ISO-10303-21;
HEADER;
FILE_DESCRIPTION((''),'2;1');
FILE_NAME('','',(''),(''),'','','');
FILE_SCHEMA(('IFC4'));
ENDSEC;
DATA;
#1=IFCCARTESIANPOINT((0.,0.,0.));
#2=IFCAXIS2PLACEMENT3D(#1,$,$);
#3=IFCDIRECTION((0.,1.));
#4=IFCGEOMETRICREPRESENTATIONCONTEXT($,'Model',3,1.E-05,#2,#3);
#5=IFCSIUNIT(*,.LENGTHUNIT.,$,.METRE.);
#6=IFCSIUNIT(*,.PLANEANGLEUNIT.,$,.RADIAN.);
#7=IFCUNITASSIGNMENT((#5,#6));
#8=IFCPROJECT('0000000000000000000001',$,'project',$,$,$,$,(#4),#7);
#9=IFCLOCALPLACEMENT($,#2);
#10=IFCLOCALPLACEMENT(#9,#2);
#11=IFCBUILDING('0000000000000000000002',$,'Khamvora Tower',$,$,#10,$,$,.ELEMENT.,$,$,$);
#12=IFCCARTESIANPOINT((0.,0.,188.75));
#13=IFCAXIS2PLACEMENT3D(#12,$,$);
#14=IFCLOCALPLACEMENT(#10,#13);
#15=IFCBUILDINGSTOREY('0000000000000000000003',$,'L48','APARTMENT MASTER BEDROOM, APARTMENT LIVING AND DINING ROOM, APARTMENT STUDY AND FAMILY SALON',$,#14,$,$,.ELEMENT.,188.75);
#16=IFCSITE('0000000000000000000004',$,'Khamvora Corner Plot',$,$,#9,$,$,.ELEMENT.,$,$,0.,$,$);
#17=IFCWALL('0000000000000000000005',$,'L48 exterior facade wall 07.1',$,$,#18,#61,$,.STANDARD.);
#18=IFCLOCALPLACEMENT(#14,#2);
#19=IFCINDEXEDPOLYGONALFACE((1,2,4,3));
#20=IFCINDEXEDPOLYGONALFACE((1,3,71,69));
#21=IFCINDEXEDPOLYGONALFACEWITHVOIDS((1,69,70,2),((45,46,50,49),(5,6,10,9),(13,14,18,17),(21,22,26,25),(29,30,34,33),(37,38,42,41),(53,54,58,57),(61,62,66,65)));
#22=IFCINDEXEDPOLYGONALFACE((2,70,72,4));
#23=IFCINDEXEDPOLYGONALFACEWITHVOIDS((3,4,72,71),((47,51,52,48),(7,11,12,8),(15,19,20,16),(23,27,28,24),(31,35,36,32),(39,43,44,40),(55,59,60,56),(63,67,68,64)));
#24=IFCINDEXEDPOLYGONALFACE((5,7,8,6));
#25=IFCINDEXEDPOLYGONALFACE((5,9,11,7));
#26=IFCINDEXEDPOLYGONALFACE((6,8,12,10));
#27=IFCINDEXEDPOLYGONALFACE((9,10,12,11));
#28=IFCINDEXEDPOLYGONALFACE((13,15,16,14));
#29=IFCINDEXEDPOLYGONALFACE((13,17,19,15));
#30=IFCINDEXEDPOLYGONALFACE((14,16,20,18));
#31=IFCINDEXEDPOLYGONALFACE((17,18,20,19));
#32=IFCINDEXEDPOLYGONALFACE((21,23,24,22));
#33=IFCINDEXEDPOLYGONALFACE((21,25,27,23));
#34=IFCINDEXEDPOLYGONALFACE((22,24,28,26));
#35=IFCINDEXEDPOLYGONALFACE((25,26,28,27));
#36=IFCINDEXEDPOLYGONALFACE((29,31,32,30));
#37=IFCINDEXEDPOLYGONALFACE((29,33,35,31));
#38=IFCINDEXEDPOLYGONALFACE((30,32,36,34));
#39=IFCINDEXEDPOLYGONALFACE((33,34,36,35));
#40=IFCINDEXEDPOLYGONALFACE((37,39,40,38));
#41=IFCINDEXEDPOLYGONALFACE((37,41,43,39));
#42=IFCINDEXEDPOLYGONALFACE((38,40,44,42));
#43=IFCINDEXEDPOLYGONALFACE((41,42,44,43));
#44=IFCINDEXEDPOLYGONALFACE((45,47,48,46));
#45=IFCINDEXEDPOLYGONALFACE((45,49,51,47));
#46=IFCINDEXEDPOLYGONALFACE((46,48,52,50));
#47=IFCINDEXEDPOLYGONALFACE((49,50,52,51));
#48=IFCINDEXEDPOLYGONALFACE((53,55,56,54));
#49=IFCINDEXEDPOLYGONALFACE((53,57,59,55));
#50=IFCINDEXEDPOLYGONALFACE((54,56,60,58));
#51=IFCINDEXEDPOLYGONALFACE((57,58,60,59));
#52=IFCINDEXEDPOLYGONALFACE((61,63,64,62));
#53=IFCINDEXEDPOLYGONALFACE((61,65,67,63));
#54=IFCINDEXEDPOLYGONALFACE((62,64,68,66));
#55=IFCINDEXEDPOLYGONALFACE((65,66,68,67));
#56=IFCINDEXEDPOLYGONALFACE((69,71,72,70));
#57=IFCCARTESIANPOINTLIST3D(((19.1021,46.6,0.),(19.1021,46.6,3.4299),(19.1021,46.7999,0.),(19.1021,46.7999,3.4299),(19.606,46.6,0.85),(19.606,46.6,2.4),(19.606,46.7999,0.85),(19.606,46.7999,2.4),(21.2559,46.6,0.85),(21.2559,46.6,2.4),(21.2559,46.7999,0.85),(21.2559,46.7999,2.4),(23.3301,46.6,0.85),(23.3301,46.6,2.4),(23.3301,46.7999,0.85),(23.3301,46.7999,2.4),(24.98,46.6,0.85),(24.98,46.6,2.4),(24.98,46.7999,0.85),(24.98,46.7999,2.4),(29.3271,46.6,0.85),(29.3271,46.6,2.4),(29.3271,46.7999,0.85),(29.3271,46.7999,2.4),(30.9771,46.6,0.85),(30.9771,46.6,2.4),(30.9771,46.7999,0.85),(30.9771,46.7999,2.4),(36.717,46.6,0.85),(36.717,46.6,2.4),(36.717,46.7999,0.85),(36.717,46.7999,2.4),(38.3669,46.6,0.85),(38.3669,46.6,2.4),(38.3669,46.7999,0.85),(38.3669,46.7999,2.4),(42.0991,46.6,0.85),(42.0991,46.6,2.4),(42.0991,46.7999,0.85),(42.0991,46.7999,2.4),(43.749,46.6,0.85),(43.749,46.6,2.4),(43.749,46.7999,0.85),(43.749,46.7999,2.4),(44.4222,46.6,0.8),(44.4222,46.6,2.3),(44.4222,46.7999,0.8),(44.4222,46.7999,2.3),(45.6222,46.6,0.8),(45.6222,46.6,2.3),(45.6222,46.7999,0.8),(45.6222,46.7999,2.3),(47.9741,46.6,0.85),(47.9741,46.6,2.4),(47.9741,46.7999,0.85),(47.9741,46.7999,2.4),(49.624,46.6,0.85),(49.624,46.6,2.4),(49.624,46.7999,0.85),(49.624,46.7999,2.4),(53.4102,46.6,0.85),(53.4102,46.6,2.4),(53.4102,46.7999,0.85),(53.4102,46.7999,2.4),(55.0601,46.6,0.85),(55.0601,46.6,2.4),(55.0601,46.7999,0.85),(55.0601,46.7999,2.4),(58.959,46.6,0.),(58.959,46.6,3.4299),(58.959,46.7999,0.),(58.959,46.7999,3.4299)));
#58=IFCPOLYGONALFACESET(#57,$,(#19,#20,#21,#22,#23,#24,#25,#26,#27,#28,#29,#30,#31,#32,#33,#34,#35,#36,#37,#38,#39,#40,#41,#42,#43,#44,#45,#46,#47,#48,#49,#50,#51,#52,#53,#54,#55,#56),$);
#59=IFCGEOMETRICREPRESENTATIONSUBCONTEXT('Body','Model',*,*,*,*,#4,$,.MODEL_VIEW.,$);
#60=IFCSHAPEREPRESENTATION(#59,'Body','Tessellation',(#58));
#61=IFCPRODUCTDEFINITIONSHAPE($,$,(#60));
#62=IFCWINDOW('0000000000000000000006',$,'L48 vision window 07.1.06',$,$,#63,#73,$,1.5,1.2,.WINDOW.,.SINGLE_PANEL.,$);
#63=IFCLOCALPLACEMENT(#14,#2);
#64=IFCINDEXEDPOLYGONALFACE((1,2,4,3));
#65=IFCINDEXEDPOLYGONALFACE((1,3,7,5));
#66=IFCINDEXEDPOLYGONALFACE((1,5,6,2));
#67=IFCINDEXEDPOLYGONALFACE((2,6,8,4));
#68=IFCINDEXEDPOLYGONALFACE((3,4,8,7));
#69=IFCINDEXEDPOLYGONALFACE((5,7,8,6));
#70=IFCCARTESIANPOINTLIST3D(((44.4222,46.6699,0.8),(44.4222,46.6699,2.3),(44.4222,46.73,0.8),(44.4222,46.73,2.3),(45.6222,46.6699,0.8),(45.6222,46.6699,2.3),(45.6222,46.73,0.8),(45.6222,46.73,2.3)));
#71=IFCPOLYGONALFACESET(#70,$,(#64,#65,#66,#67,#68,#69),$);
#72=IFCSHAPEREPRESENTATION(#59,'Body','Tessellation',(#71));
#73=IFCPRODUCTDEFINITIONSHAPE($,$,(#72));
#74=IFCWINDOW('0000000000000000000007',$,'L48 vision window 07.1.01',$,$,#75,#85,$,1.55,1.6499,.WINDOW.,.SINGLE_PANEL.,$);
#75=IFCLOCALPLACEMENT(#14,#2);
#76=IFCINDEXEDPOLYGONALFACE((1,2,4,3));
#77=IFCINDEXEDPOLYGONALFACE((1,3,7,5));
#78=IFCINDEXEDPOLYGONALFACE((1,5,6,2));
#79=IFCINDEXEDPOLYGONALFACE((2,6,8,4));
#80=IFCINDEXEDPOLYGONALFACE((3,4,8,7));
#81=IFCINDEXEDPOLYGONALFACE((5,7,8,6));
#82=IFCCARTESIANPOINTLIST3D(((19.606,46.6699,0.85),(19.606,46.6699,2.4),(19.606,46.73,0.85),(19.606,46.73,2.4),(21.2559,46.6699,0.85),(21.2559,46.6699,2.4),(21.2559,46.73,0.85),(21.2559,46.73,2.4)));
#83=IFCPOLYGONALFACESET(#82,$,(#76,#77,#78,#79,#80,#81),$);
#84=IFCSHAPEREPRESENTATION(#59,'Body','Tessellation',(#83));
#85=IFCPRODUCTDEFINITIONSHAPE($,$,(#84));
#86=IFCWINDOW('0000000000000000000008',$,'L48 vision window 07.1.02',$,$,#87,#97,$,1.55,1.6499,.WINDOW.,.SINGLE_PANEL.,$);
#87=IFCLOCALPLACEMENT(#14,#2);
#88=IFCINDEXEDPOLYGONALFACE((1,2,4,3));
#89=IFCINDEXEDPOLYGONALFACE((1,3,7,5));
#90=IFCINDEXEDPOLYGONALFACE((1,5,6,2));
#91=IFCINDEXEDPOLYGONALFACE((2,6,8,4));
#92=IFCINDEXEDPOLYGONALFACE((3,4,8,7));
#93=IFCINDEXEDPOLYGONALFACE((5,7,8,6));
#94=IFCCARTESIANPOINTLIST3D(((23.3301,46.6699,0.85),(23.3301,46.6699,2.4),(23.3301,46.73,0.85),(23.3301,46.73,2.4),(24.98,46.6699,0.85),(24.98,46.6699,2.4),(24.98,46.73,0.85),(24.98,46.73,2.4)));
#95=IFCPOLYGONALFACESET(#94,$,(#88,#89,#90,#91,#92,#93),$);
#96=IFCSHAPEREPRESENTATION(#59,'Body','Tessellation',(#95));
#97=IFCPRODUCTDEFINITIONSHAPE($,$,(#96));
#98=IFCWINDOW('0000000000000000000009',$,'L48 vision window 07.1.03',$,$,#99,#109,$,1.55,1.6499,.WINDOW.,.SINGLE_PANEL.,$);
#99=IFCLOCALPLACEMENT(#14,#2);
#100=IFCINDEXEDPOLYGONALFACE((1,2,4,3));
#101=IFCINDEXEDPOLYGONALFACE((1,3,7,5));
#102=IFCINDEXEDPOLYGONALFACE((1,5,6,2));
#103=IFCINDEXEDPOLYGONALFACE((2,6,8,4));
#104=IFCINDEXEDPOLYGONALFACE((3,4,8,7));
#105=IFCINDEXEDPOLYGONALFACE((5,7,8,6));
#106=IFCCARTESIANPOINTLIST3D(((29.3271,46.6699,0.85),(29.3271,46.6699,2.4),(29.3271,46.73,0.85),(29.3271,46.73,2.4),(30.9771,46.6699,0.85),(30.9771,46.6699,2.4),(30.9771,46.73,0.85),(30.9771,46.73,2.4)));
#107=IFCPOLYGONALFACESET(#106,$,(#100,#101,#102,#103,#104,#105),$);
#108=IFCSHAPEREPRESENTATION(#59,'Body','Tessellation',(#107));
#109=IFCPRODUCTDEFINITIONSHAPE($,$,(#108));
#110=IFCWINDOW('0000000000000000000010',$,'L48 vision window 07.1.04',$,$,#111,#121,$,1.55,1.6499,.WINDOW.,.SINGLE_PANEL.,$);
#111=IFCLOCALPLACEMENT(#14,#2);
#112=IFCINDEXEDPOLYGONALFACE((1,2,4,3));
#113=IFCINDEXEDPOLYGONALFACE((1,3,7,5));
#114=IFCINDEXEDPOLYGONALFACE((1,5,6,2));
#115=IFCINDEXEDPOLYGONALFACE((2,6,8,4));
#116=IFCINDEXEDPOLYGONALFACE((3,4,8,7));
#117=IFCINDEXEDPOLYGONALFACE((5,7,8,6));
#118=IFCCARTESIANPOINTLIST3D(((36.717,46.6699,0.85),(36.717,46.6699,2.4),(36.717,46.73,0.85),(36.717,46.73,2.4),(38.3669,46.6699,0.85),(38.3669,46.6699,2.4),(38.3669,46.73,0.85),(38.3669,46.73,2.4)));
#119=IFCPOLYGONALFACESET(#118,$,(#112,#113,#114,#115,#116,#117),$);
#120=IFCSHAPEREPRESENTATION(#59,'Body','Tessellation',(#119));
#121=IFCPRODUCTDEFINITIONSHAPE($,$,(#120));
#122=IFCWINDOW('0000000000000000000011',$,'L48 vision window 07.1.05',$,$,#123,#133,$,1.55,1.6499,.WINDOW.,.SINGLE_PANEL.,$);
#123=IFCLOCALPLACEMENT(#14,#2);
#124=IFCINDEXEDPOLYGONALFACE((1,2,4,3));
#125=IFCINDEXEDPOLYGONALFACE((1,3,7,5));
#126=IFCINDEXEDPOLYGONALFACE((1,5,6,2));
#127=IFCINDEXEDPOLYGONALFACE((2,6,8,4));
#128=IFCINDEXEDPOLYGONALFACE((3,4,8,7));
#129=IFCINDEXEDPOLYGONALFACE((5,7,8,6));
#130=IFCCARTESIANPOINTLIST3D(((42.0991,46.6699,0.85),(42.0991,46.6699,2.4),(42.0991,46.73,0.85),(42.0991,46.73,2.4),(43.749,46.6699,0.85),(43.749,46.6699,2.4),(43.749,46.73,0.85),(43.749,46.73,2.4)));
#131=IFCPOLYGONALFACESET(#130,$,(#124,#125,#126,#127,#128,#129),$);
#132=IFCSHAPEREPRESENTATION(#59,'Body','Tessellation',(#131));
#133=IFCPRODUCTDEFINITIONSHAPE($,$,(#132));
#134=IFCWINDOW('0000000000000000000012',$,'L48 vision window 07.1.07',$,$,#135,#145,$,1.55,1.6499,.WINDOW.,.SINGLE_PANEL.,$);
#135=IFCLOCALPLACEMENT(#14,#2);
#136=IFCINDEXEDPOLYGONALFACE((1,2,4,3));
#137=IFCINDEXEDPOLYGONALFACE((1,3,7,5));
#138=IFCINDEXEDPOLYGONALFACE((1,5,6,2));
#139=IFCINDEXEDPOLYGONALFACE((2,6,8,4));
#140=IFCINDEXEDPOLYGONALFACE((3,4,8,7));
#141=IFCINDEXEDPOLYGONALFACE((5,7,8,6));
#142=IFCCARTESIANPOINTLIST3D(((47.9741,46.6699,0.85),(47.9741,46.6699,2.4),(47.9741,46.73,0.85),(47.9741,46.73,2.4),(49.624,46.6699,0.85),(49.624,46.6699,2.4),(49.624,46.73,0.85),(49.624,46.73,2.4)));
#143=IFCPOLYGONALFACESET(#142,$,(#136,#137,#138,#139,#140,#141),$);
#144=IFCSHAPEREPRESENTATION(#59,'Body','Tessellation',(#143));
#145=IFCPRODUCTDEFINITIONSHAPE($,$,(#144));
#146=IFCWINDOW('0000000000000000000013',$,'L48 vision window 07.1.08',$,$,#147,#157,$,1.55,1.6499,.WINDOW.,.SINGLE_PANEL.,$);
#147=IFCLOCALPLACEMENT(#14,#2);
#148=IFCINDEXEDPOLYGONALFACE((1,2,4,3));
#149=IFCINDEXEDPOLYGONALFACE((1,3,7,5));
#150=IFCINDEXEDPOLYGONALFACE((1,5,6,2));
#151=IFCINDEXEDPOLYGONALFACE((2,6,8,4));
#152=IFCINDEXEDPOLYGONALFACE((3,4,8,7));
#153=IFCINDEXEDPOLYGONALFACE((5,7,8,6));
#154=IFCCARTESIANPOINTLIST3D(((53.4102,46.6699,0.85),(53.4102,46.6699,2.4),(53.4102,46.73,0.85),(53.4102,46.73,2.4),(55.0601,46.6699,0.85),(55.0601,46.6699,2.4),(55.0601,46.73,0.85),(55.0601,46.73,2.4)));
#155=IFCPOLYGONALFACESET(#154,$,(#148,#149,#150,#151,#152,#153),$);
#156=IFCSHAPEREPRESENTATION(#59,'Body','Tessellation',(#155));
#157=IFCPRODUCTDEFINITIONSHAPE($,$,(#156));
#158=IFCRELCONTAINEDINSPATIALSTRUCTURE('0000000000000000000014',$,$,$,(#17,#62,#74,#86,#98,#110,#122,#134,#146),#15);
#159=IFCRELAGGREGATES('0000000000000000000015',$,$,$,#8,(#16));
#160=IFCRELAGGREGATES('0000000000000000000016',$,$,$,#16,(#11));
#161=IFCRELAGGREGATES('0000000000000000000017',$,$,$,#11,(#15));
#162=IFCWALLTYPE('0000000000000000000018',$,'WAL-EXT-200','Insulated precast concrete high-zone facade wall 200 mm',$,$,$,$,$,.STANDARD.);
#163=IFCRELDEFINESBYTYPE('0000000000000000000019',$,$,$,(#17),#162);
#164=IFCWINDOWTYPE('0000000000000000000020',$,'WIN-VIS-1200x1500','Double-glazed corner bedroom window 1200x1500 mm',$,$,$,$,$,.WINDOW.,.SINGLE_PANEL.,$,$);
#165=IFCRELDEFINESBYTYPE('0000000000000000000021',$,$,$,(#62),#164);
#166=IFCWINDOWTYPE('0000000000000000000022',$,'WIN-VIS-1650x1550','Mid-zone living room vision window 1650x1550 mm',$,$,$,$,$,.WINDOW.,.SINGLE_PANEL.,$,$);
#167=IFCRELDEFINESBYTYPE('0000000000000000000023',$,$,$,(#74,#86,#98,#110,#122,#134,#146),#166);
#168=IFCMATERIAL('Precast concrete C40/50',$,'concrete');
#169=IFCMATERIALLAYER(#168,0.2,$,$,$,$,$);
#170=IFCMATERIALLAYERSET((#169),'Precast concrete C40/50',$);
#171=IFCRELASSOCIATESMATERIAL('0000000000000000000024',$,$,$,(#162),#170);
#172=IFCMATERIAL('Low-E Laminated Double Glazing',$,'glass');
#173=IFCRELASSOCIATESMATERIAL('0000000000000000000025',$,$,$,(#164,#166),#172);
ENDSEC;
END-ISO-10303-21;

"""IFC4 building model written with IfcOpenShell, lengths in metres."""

from ifc_helpers import new_model, si_unit, direction, frame, frame_2d, origin, place, context, subcontext, project, spatial, rectangle, extrude, material, layer, layer_set, type_object, element, fill, save


model = new_model("IFC4")

# Units and contexts
model_context = context("Model", 3, precision=1e-05, world=origin(), true_north=direction((0.0, 1.0)))
body_context = subcontext(model_context, "Body", "Model", "MODEL_VIEW")
ifc_project = project(units=[si_unit("LENGTHUNIT", "METRE"), si_unit("PLANEANGLEUNIT", "RADIAN")], contexts=[model_context])

# Site, building, storey
site_placement = place(None, origin())
site = spatial("IfcSite", under=ifc_project, at=site_placement, Name="Khamvora Corner Plot", CompositionType="ELEMENT", RefElevation=0.0)
building_placement = place(site_placement, origin())
building = spatial("IfcBuilding", under=site, at=building_placement, Name="Khamvora Tower", CompositionType="ELEMENT")
storey_placement = place(building_placement, frame((0.0, 0.0, 188.75)))
storey = spatial("IfcBuildingStorey", under=building, at=storey_placement, Name="L48", Description="APARTMENT MASTER BEDROOM, APARTMENT LIVING AND DINING ROOM, APARTMENT STUDY AND FAMILY SALON", CompositionType="ELEMENT", Elevation=188.75)

# Shared definitions
ifc_material_1 = material(Name="Precast concrete C40/50", Category="concrete")
ifc_layer_1 = layer(ifc_material_1, 0.2)
ifc_layer_set_1 = layer_set([ifc_layer_1], Name="Precast concrete C40/50")
wall_type_1 = type_object("IfcWallType", Name="WAL-EXT-200", Description="Insulated precast concrete high-zone facade wall 200 mm", PredefinedType="STANDARD", material=ifc_layer_set_1)

# Wall, openings, windows
wall_1_placement = place(storey_placement, frame((19.1021, 46.7, 0.0), z_axis=(0.0, 0.0, 1.0), x_axis=(1.0, 0.0, 0.0)))
wall_1 = element("IfcWall", 1, at=wall_1_placement, inside=storey, type_object=wall_type_1, Name="L48 exterior facade wall 07.1", PredefinedType="STANDARD", context=body_context, shape_type="SweptSolid", body=[
    extrude(rectangle(XDim=39.8569, YDim=0.2, at=frame_2d((19.9285, 0.0))), origin(), (0.0, 0.0, 1.0), 3.4299),
])
opening_1_placement = place(wall_1_placement, frame((0.5039, 0.0, 0.8501)))
opening_1 = element("IfcOpeningElement", 2, at=opening_1_placement, cuts=wall_1, PredefinedType="OPENING", context=body_context, shape_type="SweptSolid", body=[
    extrude(rectangle(XDim=1.6499, YDim=1.55, at=frame_2d((0.825, 0.7749))), frame((0.0, 0.1099, 0.0), z_axis=(0.0, -1.0, 0.0), x_axis=(1.0, 0.0, 0.0)), (0.0, 0.0, 1.0), 0.22),
])
opening_2_placement = place(wall_1_placement, frame((4.228, 0.0, 0.8501)))
opening_2 = element("IfcOpeningElement", 3, at=opening_2_placement, cuts=wall_1, PredefinedType="OPENING", context=body_context, shape_type="SweptSolid", body=[
    extrude(rectangle(XDim=1.6499, YDim=1.55, at=frame_2d((0.825, 0.7749))), frame((0.0, 0.1099, 0.0), z_axis=(0.0, -1.0, 0.0), x_axis=(1.0, 0.0, 0.0)), (0.0, 0.0, 1.0), 0.22),
])
opening_3_placement = place(wall_1_placement, frame((10.2251, 0.0, 0.8501)))
opening_3 = element("IfcOpeningElement", 4, at=opening_3_placement, cuts=wall_1, PredefinedType="OPENING", context=body_context, shape_type="SweptSolid", body=[
    extrude(rectangle(XDim=1.6499, YDim=1.55, at=frame_2d((0.825, 0.7749))), frame((0.0, 0.1099, 0.0), z_axis=(0.0, -1.0, 0.0), x_axis=(1.0, 0.0, 0.0)), (0.0, 0.0, 1.0), 0.22),
])
opening_4_placement = place(wall_1_placement, frame((17.615, 0.0, 0.8501)))
opening_4 = element("IfcOpeningElement", 5, at=opening_4_placement, cuts=wall_1, PredefinedType="OPENING", context=body_context, shape_type="SweptSolid", body=[
    extrude(rectangle(XDim=1.6499, YDim=1.55, at=frame_2d((0.825, 0.7749))), frame((0.0, 0.1099, 0.0), z_axis=(0.0, -1.0, 0.0), x_axis=(1.0, 0.0, 0.0)), (0.0, 0.0, 1.0), 0.22),
])
opening_5_placement = place(wall_1_placement, frame((22.9971, 0.0, 0.8501)))
opening_5 = element("IfcOpeningElement", 6, at=opening_5_placement, cuts=wall_1, PredefinedType="OPENING", context=body_context, shape_type="SweptSolid", body=[
    extrude(rectangle(XDim=1.6499, YDim=1.55, at=frame_2d((0.825, 0.7749))), frame((0.0, 0.1099, 0.0), z_axis=(0.0, -1.0, 0.0), x_axis=(1.0, 0.0, 0.0)), (0.0, 0.0, 1.0), 0.22),
])
opening_6_placement = place(wall_1_placement, frame((25.3201, 0.0, 0.8)))
opening_6 = element("IfcOpeningElement", 7, at=opening_6_placement, cuts=wall_1, PredefinedType="OPENING", context=body_context, shape_type="SweptSolid", body=[
    extrude(rectangle(XDim=1.2, YDim=1.5, at=frame_2d((0.6001, 0.75))), frame((0.0, 0.1099, 0.0), z_axis=(0.0, -1.0, 0.0), x_axis=(1.0, 0.0, 0.0)), (0.0, 0.0, 1.0), 0.22),
])
opening_7_placement = place(wall_1_placement, frame((28.8721, 0.0, 0.8501)))
opening_7 = element("IfcOpeningElement", 8, at=opening_7_placement, cuts=wall_1, PredefinedType="OPENING", context=body_context, shape_type="SweptSolid", body=[
    extrude(rectangle(XDim=1.6499, YDim=1.55, at=frame_2d((0.825, 0.7749))), frame((0.0, 0.1099, 0.0), z_axis=(0.0, -1.0, 0.0), x_axis=(1.0, 0.0, 0.0)), (0.0, 0.0, 1.0), 0.22),
])
opening_8_placement = place(wall_1_placement, frame((34.3081, 0.0, 0.8501)))
opening_8 = element("IfcOpeningElement", 9, at=opening_8_placement, cuts=wall_1, PredefinedType="OPENING", context=body_context, shape_type="SweptSolid", body=[
    extrude(rectangle(XDim=1.6499, YDim=1.55, at=frame_2d((0.825, 0.7749))), frame((0.0, 0.1099, 0.0), z_axis=(0.0, -1.0, 0.0), x_axis=(1.0, 0.0, 0.0)), (0.0, 0.0, 1.0), 0.22),
])
ifc_material_2 = material(Name="Low-E Laminated Double Glazing", Category="glass")
window_type_1 = type_object("IfcWindowType", Name="WIN-VIS-1200x1500", Description="Double-glazed corner bedroom window 1200x1500 mm", PartitioningType="SINGLE_PANEL", PredefinedType="WINDOW", material=ifc_material_2)
window_1_placement = place(opening_6_placement, origin())
window_1 = element("IfcWindow", 10, at=window_1_placement, inside=storey, type_object=window_type_1, Name="L48 vision window 07.1.06", OverallHeight=1.5, OverallWidth=1.2, PartitioningType="SINGLE_PANEL", PredefinedType="WINDOW", context=body_context, shape_type="SweptSolid", body=[
    extrude(rectangle(XDim=1.2, YDim=1.5, at=frame_2d((0.6001, 0.75))), frame((0.0, 0.03, 0.0), z_axis=(0.0, -1.0, 0.0), x_axis=(1.0, 0.0, 0.0)), (0.0, 0.0, 1.0), 0.0601),
])
fill(opening_6, window_1)
window_type_2 = type_object("IfcWindowType", Name="WIN-VIS-1650x1550", Description="Mid-zone living room vision window 1650x1550 mm", PartitioningType="SINGLE_PANEL", PredefinedType="WINDOW", material=ifc_material_2)
window_2_placement = place(opening_1_placement, origin())
window_2 = element("IfcWindow", 11, at=window_2_placement, inside=storey, type_object=window_type_2, Name="L48 vision window 07.1.01", OverallHeight=1.55, OverallWidth=1.6499, PartitioningType="SINGLE_PANEL", PredefinedType="WINDOW", context=body_context, shape_type="SweptSolid", body=[
    extrude(rectangle(XDim=1.6499, YDim=1.55, at=frame_2d((0.825, 0.7749))), frame((0.0, 0.03, 0.0), z_axis=(0.0, -1.0, 0.0), x_axis=(1.0, 0.0, 0.0)), (0.0, 0.0, 1.0), 0.0601),
])
fill(opening_1, window_2)
window_3_placement = place(opening_2_placement, origin())
window_3 = element("IfcWindow", 12, at=window_3_placement, inside=storey, type_object=window_type_2, Name="L48 vision window 07.1.02", OverallHeight=1.55, OverallWidth=1.6499, PartitioningType="SINGLE_PANEL", PredefinedType="WINDOW", context=body_context, shape_type="SweptSolid", body=[
    extrude(rectangle(XDim=1.6499, YDim=1.55, at=frame_2d((0.825, 0.7749))), frame((0.0, 0.03, 0.0), z_axis=(0.0, -1.0, 0.0), x_axis=(1.0, 0.0, 0.0)), (0.0, 0.0, 1.0), 0.0601),
])
fill(opening_2, window_3)
window_4_placement = place(opening_3_placement, origin())
window_4 = element("IfcWindow", 13, at=window_4_placement, inside=storey, type_object=window_type_2, Name="L48 vision window 07.1.03", OverallHeight=1.55, OverallWidth=1.6499, PartitioningType="SINGLE_PANEL", PredefinedType="WINDOW", context=body_context, shape_type="SweptSolid", body=[
    extrude(rectangle(XDim=1.6499, YDim=1.55, at=frame_2d((0.825, 0.7749))), frame((0.0, 0.03, 0.0), z_axis=(0.0, -1.0, 0.0), x_axis=(1.0, 0.0, 0.0)), (0.0, 0.0, 1.0), 0.0601),
])
fill(opening_3, window_4)
window_5_placement = place(opening_4_placement, origin())
window_5 = element("IfcWindow", 14, at=window_5_placement, inside=storey, type_object=window_type_2, Name="L48 vision window 07.1.04", OverallHeight=1.55, OverallWidth=1.6499, PartitioningType="SINGLE_PANEL", PredefinedType="WINDOW", context=body_context, shape_type="SweptSolid", body=[
    extrude(rectangle(XDim=1.6499, YDim=1.55, at=frame_2d((0.825, 0.7749))), frame((0.0, 0.03, 0.0), z_axis=(0.0, -1.0, 0.0), x_axis=(1.0, 0.0, 0.0)), (0.0, 0.0, 1.0), 0.0601),
])
fill(opening_4, window_5)
window_6_placement = place(opening_5_placement, origin())
window_6 = element("IfcWindow", 15, at=window_6_placement, inside=storey, type_object=window_type_2, Name="L48 vision window 07.1.05", OverallHeight=1.55, OverallWidth=1.6499, PartitioningType="SINGLE_PANEL", PredefinedType="WINDOW", context=body_context, shape_type="SweptSolid", body=[
    extrude(rectangle(XDim=1.6499, YDim=1.55, at=frame_2d((0.825, 0.7749))), frame((0.0, 0.03, 0.0), z_axis=(0.0, -1.0, 0.0), x_axis=(1.0, 0.0, 0.0)), (0.0, 0.0, 1.0), 0.0601),
])
fill(opening_5, window_6)
window_7_placement = place(opening_7_placement, origin())
window_7 = element("IfcWindow", 16, at=window_7_placement, inside=storey, type_object=window_type_2, Name="L48 vision window 07.1.07", OverallHeight=1.55, OverallWidth=1.6499, PartitioningType="SINGLE_PANEL", PredefinedType="WINDOW", context=body_context, shape_type="SweptSolid", body=[
    extrude(rectangle(XDim=1.6499, YDim=1.55, at=frame_2d((0.825, 0.7749))), frame((0.0, 0.03, 0.0), z_axis=(0.0, -1.0, 0.0), x_axis=(1.0, 0.0, 0.0)), (0.0, 0.0, 1.0), 0.0601),
])
fill(opening_7, window_7)
window_8_placement = place(opening_8_placement, origin())
window_8 = element("IfcWindow", 17, at=window_8_placement, inside=storey, type_object=window_type_2, Name="L48 vision window 07.1.08", OverallHeight=1.55, OverallWidth=1.6499, PartitioningType="SINGLE_PANEL", PredefinedType="WINDOW", context=body_context, shape_type="SweptSolid", body=[
    extrude(rectangle(XDim=1.6499, YDim=1.55, at=frame_2d((0.825, 0.7749))), frame((0.0, 0.03, 0.0), z_axis=(0.0, -1.0, 0.0), x_axis=(1.0, 0.0, 0.0)), (0.0, 0.0, 1.0), 0.0601),
])
fill(opening_8, window_8)

save(model, "model.ifc")
